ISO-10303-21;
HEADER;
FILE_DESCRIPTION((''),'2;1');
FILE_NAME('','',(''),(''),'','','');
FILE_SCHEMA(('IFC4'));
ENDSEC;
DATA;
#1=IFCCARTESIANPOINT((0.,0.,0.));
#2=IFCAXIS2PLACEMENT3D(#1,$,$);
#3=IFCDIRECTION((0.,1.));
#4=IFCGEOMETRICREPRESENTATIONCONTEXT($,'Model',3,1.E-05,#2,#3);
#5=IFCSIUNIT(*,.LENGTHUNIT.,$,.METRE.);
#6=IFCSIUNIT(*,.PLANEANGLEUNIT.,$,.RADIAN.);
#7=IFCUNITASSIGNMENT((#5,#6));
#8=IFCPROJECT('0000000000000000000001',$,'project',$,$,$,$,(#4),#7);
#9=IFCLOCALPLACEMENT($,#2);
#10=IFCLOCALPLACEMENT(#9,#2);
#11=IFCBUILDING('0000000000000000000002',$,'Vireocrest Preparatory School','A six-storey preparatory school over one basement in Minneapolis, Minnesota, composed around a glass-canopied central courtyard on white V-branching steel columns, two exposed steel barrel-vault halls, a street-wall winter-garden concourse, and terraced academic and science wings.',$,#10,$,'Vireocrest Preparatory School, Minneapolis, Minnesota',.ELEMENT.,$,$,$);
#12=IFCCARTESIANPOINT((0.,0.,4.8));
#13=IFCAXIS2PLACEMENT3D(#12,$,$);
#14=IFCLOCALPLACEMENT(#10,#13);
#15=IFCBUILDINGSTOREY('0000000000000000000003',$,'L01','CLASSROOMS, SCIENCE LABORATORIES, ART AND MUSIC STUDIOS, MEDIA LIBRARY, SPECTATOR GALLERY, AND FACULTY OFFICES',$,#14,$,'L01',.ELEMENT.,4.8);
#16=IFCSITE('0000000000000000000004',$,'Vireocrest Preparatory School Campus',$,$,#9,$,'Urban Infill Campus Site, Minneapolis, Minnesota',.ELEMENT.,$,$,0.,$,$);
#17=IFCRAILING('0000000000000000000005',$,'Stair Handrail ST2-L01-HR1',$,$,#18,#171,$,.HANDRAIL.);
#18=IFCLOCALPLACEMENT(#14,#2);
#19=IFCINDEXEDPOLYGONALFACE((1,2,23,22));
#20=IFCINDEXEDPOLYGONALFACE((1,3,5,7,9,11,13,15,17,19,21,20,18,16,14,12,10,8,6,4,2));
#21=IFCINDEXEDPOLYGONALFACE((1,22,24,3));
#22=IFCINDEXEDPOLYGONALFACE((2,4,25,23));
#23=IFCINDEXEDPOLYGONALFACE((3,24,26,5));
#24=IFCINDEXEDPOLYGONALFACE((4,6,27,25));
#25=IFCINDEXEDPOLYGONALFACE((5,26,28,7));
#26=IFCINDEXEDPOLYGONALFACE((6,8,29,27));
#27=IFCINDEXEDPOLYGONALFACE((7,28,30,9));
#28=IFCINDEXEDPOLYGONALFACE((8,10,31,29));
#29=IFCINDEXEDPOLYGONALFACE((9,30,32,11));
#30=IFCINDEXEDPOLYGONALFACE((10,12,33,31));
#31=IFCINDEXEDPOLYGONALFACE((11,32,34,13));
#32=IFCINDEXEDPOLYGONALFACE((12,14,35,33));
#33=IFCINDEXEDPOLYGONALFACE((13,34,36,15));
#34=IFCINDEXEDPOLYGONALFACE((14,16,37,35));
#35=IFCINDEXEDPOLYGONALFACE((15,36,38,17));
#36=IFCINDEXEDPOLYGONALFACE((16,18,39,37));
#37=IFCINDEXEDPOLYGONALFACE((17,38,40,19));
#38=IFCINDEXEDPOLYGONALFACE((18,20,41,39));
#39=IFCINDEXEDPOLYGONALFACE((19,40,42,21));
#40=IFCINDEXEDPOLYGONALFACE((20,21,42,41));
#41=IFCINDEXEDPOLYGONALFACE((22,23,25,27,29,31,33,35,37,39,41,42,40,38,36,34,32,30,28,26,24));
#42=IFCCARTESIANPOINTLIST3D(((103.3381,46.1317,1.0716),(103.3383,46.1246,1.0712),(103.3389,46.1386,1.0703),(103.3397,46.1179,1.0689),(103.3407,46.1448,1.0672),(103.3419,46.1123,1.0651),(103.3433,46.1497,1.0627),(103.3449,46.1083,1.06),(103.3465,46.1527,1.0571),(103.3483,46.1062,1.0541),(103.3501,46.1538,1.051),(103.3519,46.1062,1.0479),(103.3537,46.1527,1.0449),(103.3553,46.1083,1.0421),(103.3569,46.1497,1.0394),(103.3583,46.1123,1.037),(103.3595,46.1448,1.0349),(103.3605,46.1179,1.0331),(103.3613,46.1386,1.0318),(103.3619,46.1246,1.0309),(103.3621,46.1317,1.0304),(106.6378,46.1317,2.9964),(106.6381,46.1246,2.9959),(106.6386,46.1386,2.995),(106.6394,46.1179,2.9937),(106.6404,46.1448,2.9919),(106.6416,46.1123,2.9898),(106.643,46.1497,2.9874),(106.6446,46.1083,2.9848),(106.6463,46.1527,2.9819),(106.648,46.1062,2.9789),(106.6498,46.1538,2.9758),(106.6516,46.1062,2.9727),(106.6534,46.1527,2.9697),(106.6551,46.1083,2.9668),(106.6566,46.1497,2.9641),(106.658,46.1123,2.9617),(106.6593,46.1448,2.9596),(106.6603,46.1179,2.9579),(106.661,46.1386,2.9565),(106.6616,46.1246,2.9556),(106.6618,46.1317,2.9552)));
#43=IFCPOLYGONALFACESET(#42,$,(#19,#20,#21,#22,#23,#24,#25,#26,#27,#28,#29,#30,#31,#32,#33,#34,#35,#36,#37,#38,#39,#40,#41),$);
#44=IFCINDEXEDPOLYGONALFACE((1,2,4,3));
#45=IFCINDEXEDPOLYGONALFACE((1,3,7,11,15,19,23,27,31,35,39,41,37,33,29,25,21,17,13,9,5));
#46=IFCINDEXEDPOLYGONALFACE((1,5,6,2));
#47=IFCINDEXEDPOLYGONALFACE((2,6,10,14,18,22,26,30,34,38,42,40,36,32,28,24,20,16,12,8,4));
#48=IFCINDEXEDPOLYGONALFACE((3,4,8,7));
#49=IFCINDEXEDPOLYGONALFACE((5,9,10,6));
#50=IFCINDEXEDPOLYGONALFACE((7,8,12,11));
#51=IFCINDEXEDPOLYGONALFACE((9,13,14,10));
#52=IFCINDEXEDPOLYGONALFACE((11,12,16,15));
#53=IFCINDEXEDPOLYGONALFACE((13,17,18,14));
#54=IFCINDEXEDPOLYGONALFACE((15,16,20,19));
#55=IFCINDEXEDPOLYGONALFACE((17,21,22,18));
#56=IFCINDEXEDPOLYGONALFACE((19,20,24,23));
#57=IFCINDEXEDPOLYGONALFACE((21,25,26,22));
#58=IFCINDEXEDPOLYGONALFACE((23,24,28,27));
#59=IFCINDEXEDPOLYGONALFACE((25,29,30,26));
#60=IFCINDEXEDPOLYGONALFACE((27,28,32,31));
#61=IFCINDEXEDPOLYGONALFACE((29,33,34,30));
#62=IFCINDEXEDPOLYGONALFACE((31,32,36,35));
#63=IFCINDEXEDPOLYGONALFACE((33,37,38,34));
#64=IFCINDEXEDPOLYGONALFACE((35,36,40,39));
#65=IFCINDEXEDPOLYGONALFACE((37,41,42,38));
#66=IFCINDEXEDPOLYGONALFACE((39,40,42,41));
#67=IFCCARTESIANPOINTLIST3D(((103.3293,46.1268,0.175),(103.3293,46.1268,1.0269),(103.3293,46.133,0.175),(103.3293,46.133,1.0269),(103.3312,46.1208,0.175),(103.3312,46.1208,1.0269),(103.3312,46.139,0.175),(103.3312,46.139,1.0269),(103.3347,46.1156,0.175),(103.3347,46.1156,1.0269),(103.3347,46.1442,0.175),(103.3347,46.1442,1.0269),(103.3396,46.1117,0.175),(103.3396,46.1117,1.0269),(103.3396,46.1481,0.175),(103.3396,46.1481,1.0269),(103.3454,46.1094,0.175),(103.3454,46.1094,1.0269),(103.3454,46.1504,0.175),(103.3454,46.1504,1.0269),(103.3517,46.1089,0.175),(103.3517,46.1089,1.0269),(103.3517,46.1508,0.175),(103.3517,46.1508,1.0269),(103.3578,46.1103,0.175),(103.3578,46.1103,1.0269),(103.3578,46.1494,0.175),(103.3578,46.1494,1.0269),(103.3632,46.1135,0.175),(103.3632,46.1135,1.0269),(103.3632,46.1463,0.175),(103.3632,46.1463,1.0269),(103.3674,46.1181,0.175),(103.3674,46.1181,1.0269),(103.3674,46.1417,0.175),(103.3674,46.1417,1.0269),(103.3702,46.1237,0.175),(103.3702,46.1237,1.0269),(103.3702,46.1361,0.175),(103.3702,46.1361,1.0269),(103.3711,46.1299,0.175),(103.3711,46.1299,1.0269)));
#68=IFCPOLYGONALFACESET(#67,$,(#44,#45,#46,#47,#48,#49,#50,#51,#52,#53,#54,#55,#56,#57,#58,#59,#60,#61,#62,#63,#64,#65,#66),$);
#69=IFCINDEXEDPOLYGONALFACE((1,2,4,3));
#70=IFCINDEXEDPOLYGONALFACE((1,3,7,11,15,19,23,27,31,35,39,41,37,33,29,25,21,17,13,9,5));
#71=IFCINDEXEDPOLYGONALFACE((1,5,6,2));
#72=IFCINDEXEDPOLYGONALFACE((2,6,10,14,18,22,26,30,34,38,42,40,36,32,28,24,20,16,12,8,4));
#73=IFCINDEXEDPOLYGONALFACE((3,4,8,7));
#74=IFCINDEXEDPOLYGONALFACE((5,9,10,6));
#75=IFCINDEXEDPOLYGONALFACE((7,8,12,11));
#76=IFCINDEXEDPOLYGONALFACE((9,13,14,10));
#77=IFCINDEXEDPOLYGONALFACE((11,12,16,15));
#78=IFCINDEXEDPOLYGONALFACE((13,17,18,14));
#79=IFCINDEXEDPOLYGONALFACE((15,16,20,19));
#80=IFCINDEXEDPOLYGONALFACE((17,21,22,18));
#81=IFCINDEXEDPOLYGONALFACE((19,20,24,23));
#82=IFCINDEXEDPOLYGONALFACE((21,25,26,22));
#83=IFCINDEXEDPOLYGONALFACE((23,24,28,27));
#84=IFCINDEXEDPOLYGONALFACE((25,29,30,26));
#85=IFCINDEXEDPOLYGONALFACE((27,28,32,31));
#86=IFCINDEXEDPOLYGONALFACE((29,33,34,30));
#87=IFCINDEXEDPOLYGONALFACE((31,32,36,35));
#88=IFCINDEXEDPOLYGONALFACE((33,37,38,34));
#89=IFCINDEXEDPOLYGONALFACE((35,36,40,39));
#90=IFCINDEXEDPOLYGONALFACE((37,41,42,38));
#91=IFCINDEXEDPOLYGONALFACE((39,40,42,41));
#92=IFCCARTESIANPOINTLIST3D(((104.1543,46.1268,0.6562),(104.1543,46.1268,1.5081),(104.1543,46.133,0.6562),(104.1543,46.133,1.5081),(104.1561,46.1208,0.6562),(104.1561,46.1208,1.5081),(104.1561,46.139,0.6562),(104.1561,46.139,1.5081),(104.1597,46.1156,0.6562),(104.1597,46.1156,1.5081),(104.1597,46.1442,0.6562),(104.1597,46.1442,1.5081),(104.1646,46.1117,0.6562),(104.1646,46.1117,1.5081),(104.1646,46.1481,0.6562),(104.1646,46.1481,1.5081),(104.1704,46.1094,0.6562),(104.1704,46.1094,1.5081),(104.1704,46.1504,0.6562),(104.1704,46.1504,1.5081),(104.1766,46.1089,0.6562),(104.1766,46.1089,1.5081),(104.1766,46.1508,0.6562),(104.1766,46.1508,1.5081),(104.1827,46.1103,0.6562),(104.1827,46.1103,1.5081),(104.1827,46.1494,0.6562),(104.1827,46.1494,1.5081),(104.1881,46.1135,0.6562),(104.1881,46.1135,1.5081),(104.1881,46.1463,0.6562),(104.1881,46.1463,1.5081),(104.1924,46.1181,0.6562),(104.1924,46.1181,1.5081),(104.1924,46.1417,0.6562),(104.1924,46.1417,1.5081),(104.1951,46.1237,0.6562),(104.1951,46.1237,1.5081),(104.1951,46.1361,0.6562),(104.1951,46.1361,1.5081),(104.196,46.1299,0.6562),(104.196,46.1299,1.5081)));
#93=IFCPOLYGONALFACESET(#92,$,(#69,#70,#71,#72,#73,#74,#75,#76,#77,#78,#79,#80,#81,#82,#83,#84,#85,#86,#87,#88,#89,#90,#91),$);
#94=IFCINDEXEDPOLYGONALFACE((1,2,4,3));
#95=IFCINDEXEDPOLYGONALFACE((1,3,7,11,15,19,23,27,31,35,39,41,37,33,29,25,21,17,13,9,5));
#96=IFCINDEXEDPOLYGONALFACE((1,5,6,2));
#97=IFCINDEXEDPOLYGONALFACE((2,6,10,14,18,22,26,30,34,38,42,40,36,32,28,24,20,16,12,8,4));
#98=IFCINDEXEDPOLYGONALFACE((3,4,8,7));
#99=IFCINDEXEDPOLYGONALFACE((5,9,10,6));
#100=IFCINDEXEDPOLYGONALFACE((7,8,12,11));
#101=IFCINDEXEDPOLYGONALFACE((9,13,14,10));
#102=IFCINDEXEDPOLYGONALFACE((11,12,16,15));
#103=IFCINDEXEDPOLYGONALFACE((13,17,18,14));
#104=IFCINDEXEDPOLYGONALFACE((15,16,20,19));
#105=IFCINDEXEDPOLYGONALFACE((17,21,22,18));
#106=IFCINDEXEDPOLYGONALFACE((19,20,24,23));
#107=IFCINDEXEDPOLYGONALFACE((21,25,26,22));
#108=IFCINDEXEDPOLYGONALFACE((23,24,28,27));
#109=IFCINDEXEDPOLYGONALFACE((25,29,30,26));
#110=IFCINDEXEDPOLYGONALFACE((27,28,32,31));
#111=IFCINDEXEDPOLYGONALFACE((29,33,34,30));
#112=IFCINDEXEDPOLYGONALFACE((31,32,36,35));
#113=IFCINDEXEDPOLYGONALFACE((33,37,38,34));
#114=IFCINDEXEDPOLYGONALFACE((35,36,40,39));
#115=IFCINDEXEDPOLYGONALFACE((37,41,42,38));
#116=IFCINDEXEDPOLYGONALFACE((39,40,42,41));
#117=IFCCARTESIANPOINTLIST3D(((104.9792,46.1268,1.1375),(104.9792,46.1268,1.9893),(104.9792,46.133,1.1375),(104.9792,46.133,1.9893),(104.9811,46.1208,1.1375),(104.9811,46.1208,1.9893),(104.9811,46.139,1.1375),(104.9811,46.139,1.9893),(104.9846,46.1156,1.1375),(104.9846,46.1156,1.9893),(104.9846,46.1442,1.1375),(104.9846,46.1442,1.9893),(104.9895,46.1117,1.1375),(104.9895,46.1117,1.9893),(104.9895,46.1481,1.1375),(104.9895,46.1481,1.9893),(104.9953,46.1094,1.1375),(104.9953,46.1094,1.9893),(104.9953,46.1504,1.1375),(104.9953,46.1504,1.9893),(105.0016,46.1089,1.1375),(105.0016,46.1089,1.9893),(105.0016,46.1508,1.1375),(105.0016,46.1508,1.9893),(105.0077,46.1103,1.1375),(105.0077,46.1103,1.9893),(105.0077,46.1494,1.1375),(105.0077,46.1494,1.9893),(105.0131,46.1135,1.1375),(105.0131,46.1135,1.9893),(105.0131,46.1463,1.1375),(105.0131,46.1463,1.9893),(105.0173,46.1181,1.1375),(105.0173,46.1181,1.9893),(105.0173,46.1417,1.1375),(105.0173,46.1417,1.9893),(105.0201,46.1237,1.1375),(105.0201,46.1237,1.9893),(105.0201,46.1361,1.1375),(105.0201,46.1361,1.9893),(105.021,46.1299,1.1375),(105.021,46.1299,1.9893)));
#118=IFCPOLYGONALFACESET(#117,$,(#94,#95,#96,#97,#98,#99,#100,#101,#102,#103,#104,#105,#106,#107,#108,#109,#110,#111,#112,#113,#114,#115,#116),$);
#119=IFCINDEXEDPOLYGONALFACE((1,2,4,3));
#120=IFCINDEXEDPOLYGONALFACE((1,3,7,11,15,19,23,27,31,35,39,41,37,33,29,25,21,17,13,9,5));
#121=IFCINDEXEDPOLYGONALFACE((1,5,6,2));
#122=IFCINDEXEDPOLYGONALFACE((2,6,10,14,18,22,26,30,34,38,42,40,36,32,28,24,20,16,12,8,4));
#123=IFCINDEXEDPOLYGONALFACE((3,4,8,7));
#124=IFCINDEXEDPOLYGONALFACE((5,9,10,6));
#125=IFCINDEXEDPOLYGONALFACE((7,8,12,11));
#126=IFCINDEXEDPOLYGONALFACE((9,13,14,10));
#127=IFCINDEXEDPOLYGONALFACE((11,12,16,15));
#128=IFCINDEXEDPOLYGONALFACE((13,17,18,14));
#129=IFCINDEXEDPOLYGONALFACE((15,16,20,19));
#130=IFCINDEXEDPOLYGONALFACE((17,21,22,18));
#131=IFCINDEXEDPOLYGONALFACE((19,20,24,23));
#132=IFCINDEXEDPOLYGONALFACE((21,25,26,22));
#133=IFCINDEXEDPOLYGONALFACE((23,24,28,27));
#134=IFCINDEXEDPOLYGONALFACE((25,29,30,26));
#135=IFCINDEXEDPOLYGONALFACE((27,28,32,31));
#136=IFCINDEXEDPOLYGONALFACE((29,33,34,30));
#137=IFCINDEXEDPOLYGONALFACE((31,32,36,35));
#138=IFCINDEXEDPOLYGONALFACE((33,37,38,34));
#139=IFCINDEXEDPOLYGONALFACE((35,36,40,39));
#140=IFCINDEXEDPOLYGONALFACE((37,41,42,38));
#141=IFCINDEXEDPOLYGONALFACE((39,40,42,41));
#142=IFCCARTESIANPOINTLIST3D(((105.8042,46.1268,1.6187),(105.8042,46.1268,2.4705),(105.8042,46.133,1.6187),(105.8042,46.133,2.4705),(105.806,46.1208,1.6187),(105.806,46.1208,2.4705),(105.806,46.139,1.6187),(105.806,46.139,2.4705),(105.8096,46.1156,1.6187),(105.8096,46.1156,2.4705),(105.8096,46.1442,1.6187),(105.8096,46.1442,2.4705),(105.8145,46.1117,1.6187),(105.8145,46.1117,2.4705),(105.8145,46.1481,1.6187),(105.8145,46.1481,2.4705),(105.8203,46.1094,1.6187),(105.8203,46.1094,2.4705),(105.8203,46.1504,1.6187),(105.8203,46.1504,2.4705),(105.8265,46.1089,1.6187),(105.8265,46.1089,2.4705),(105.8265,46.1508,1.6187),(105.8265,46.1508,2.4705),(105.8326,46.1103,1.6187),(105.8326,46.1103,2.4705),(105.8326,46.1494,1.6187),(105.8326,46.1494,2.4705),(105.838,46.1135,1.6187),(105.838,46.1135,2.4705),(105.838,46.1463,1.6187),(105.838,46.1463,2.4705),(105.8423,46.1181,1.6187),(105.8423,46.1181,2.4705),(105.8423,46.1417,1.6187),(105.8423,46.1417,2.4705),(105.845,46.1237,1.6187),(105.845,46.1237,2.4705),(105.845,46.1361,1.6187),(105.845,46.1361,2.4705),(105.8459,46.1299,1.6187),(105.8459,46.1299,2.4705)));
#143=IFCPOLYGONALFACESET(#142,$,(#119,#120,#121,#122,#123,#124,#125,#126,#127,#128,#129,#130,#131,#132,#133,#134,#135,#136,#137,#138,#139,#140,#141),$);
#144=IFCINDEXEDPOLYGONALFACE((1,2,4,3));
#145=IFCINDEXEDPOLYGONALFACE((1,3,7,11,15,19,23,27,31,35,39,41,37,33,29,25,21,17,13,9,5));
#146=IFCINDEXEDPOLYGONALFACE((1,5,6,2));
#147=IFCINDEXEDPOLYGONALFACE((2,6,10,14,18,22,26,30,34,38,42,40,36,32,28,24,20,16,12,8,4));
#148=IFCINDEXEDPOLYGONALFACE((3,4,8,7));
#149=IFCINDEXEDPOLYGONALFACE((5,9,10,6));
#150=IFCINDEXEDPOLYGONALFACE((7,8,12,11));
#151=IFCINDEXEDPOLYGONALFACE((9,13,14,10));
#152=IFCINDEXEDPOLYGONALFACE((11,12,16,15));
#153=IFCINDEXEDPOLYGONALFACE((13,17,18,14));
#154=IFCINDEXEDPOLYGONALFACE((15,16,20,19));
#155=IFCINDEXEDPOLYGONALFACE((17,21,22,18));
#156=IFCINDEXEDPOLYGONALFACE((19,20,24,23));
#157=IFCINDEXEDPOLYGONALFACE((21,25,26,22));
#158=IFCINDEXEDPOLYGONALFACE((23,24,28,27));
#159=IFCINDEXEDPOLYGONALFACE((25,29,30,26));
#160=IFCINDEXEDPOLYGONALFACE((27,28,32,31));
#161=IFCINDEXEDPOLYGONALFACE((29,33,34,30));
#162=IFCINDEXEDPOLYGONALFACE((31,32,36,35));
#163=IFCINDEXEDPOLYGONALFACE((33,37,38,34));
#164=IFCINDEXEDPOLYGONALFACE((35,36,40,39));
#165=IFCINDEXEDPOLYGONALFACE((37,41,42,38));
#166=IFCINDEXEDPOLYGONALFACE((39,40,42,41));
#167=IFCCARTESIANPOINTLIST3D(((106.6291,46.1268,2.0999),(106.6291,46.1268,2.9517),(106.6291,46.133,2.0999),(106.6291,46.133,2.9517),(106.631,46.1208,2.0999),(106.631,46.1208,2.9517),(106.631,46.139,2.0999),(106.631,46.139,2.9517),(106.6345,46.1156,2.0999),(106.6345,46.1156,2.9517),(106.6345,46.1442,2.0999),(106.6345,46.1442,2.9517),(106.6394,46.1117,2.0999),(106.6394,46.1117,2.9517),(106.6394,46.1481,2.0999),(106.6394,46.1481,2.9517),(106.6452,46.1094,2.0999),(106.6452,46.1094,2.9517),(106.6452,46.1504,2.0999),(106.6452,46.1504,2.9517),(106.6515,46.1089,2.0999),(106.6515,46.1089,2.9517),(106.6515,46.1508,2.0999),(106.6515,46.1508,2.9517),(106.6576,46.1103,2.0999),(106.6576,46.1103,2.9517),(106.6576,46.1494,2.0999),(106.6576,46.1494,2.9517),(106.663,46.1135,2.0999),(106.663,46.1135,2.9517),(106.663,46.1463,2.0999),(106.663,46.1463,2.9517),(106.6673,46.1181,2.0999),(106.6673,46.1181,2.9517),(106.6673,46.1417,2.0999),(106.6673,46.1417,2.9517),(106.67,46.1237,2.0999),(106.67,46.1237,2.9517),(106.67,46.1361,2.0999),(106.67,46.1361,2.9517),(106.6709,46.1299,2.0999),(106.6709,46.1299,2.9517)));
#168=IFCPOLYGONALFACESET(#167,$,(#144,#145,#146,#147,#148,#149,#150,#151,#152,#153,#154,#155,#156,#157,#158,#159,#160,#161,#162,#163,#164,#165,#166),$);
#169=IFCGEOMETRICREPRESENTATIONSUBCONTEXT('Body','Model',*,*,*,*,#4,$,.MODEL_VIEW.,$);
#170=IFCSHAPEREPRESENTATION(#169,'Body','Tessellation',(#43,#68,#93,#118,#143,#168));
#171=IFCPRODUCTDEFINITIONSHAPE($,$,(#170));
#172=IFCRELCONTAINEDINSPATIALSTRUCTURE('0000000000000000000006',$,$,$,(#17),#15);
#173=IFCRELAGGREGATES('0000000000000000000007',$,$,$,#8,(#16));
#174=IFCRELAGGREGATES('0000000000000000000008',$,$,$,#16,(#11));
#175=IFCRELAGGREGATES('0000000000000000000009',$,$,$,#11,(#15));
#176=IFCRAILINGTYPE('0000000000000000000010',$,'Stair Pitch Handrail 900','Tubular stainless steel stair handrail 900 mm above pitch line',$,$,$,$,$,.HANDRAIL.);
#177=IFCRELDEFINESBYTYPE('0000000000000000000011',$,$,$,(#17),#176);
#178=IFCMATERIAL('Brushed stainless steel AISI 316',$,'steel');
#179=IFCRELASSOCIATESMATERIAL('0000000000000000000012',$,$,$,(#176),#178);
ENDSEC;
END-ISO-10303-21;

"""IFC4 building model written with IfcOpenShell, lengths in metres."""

from ifc_helpers import new_model, si_unit, direction, frame, origin, origin_2d, place, context, subcontext, project, spatial, circle, extrude, material, type_object, element, save


model = new_model("IFC4")

# Units and contexts
model_context = context("Model", 3, precision=1e-05, world=origin(), true_north=direction((0.0, 1.0)))
body_context = subcontext(model_context, "Body", "Model", "MODEL_VIEW")
ifc_project = project(units=[si_unit("LENGTHUNIT", "METRE"), si_unit("PLANEANGLEUNIT", "RADIAN")], contexts=[model_context])

# Site, building, storey
site_placement = place(None, origin())
site = spatial("IfcSite", under=ifc_project, at=site_placement, Name="Vireocrest Preparatory School Campus", LongName="Urban Infill Campus Site, Minneapolis, Minnesota", CompositionType="ELEMENT", RefElevation=0.0)
building_placement = place(site_placement, origin())
building = spatial("IfcBuilding", under=site, at=building_placement, Name="Vireocrest Preparatory School", Description="A six-storey preparatory school over one basement in Minneapolis, Minnesota, composed around a glass-canopied central courtyard on white V-branching steel columns, two exposed steel barrel-vault halls, a street-wall winter-garden concourse, and terraced academic and science wings.", LongName="Vireocrest Preparatory School, Minneapolis, Minnesota", CompositionType="ELEMENT")
storey_placement = place(building_placement, frame((0.0, 0.0, 4.8)))
storey = spatial("IfcBuildingStorey", under=building, at=storey_placement, Name="L01", Description="CLASSROOMS, SCIENCE LABORATORIES, ART AND MUSIC STUDIOS, MEDIA LIBRARY, SPECTATOR GALLERY, AND FACULTY OFFICES", LongName="L01", CompositionType="ELEMENT", Elevation=4.8)

# Railing
ifc_material_1 = material(Name="Brushed stainless steel AISI 316", Category="steel")
railing_type_1 = type_object("IfcRailingType", Name="Stair Pitch Handrail 900", Description="Tubular stainless steel stair handrail 900 mm above pitch line", PredefinedType="HANDRAIL", material=ifc_material_1)
railing_1_placement = place(storey_placement, frame((103.3501, 46.1299, 0.175)))
element("IfcRailing", 1, at=railing_1_placement, inside=storey, type_object=railing_type_1, Name="Stair Handrail ST2-L01-HR1", PredefinedType="HANDRAIL", context=body_context, shape_type="SweptSolid", body=[
    extrude(circle(Radius=0.0239, at=origin_2d()), frame((0.0, 0.0, 0.876), z_axis=(0.863788, 0.0, 0.503855), x_axis=(0.0, 1.0, 0.0)), (0.0, 0.0, 1.0), 3.8201),
    extrude(circle(Radius=0.021, at=origin_2d()), origin(), (0.0, 0.0, 1.0), 0.8518),
    extrude(circle(Radius=0.021, at=origin_2d()), frame((0.825, 0.0, 0.4812)), (0.0, 0.0, 1.0), 0.8518),
    extrude(circle(Radius=0.021, at=origin_2d()), frame((1.6499, 0.0, 0.9624)), (0.0, 0.0, 1.0), 0.8518),
    extrude(circle(Radius=0.021, at=origin_2d()), frame((2.4749, 0.0, 1.4436)), (0.0, 0.0, 1.0), 0.8518),
    extrude(circle(Radius=0.021, at=origin_2d()), frame((3.2998, 0.0, 1.9248)), (0.0, 0.0, 1.0), 0.8518),
])

save(model, "model.ifc")
